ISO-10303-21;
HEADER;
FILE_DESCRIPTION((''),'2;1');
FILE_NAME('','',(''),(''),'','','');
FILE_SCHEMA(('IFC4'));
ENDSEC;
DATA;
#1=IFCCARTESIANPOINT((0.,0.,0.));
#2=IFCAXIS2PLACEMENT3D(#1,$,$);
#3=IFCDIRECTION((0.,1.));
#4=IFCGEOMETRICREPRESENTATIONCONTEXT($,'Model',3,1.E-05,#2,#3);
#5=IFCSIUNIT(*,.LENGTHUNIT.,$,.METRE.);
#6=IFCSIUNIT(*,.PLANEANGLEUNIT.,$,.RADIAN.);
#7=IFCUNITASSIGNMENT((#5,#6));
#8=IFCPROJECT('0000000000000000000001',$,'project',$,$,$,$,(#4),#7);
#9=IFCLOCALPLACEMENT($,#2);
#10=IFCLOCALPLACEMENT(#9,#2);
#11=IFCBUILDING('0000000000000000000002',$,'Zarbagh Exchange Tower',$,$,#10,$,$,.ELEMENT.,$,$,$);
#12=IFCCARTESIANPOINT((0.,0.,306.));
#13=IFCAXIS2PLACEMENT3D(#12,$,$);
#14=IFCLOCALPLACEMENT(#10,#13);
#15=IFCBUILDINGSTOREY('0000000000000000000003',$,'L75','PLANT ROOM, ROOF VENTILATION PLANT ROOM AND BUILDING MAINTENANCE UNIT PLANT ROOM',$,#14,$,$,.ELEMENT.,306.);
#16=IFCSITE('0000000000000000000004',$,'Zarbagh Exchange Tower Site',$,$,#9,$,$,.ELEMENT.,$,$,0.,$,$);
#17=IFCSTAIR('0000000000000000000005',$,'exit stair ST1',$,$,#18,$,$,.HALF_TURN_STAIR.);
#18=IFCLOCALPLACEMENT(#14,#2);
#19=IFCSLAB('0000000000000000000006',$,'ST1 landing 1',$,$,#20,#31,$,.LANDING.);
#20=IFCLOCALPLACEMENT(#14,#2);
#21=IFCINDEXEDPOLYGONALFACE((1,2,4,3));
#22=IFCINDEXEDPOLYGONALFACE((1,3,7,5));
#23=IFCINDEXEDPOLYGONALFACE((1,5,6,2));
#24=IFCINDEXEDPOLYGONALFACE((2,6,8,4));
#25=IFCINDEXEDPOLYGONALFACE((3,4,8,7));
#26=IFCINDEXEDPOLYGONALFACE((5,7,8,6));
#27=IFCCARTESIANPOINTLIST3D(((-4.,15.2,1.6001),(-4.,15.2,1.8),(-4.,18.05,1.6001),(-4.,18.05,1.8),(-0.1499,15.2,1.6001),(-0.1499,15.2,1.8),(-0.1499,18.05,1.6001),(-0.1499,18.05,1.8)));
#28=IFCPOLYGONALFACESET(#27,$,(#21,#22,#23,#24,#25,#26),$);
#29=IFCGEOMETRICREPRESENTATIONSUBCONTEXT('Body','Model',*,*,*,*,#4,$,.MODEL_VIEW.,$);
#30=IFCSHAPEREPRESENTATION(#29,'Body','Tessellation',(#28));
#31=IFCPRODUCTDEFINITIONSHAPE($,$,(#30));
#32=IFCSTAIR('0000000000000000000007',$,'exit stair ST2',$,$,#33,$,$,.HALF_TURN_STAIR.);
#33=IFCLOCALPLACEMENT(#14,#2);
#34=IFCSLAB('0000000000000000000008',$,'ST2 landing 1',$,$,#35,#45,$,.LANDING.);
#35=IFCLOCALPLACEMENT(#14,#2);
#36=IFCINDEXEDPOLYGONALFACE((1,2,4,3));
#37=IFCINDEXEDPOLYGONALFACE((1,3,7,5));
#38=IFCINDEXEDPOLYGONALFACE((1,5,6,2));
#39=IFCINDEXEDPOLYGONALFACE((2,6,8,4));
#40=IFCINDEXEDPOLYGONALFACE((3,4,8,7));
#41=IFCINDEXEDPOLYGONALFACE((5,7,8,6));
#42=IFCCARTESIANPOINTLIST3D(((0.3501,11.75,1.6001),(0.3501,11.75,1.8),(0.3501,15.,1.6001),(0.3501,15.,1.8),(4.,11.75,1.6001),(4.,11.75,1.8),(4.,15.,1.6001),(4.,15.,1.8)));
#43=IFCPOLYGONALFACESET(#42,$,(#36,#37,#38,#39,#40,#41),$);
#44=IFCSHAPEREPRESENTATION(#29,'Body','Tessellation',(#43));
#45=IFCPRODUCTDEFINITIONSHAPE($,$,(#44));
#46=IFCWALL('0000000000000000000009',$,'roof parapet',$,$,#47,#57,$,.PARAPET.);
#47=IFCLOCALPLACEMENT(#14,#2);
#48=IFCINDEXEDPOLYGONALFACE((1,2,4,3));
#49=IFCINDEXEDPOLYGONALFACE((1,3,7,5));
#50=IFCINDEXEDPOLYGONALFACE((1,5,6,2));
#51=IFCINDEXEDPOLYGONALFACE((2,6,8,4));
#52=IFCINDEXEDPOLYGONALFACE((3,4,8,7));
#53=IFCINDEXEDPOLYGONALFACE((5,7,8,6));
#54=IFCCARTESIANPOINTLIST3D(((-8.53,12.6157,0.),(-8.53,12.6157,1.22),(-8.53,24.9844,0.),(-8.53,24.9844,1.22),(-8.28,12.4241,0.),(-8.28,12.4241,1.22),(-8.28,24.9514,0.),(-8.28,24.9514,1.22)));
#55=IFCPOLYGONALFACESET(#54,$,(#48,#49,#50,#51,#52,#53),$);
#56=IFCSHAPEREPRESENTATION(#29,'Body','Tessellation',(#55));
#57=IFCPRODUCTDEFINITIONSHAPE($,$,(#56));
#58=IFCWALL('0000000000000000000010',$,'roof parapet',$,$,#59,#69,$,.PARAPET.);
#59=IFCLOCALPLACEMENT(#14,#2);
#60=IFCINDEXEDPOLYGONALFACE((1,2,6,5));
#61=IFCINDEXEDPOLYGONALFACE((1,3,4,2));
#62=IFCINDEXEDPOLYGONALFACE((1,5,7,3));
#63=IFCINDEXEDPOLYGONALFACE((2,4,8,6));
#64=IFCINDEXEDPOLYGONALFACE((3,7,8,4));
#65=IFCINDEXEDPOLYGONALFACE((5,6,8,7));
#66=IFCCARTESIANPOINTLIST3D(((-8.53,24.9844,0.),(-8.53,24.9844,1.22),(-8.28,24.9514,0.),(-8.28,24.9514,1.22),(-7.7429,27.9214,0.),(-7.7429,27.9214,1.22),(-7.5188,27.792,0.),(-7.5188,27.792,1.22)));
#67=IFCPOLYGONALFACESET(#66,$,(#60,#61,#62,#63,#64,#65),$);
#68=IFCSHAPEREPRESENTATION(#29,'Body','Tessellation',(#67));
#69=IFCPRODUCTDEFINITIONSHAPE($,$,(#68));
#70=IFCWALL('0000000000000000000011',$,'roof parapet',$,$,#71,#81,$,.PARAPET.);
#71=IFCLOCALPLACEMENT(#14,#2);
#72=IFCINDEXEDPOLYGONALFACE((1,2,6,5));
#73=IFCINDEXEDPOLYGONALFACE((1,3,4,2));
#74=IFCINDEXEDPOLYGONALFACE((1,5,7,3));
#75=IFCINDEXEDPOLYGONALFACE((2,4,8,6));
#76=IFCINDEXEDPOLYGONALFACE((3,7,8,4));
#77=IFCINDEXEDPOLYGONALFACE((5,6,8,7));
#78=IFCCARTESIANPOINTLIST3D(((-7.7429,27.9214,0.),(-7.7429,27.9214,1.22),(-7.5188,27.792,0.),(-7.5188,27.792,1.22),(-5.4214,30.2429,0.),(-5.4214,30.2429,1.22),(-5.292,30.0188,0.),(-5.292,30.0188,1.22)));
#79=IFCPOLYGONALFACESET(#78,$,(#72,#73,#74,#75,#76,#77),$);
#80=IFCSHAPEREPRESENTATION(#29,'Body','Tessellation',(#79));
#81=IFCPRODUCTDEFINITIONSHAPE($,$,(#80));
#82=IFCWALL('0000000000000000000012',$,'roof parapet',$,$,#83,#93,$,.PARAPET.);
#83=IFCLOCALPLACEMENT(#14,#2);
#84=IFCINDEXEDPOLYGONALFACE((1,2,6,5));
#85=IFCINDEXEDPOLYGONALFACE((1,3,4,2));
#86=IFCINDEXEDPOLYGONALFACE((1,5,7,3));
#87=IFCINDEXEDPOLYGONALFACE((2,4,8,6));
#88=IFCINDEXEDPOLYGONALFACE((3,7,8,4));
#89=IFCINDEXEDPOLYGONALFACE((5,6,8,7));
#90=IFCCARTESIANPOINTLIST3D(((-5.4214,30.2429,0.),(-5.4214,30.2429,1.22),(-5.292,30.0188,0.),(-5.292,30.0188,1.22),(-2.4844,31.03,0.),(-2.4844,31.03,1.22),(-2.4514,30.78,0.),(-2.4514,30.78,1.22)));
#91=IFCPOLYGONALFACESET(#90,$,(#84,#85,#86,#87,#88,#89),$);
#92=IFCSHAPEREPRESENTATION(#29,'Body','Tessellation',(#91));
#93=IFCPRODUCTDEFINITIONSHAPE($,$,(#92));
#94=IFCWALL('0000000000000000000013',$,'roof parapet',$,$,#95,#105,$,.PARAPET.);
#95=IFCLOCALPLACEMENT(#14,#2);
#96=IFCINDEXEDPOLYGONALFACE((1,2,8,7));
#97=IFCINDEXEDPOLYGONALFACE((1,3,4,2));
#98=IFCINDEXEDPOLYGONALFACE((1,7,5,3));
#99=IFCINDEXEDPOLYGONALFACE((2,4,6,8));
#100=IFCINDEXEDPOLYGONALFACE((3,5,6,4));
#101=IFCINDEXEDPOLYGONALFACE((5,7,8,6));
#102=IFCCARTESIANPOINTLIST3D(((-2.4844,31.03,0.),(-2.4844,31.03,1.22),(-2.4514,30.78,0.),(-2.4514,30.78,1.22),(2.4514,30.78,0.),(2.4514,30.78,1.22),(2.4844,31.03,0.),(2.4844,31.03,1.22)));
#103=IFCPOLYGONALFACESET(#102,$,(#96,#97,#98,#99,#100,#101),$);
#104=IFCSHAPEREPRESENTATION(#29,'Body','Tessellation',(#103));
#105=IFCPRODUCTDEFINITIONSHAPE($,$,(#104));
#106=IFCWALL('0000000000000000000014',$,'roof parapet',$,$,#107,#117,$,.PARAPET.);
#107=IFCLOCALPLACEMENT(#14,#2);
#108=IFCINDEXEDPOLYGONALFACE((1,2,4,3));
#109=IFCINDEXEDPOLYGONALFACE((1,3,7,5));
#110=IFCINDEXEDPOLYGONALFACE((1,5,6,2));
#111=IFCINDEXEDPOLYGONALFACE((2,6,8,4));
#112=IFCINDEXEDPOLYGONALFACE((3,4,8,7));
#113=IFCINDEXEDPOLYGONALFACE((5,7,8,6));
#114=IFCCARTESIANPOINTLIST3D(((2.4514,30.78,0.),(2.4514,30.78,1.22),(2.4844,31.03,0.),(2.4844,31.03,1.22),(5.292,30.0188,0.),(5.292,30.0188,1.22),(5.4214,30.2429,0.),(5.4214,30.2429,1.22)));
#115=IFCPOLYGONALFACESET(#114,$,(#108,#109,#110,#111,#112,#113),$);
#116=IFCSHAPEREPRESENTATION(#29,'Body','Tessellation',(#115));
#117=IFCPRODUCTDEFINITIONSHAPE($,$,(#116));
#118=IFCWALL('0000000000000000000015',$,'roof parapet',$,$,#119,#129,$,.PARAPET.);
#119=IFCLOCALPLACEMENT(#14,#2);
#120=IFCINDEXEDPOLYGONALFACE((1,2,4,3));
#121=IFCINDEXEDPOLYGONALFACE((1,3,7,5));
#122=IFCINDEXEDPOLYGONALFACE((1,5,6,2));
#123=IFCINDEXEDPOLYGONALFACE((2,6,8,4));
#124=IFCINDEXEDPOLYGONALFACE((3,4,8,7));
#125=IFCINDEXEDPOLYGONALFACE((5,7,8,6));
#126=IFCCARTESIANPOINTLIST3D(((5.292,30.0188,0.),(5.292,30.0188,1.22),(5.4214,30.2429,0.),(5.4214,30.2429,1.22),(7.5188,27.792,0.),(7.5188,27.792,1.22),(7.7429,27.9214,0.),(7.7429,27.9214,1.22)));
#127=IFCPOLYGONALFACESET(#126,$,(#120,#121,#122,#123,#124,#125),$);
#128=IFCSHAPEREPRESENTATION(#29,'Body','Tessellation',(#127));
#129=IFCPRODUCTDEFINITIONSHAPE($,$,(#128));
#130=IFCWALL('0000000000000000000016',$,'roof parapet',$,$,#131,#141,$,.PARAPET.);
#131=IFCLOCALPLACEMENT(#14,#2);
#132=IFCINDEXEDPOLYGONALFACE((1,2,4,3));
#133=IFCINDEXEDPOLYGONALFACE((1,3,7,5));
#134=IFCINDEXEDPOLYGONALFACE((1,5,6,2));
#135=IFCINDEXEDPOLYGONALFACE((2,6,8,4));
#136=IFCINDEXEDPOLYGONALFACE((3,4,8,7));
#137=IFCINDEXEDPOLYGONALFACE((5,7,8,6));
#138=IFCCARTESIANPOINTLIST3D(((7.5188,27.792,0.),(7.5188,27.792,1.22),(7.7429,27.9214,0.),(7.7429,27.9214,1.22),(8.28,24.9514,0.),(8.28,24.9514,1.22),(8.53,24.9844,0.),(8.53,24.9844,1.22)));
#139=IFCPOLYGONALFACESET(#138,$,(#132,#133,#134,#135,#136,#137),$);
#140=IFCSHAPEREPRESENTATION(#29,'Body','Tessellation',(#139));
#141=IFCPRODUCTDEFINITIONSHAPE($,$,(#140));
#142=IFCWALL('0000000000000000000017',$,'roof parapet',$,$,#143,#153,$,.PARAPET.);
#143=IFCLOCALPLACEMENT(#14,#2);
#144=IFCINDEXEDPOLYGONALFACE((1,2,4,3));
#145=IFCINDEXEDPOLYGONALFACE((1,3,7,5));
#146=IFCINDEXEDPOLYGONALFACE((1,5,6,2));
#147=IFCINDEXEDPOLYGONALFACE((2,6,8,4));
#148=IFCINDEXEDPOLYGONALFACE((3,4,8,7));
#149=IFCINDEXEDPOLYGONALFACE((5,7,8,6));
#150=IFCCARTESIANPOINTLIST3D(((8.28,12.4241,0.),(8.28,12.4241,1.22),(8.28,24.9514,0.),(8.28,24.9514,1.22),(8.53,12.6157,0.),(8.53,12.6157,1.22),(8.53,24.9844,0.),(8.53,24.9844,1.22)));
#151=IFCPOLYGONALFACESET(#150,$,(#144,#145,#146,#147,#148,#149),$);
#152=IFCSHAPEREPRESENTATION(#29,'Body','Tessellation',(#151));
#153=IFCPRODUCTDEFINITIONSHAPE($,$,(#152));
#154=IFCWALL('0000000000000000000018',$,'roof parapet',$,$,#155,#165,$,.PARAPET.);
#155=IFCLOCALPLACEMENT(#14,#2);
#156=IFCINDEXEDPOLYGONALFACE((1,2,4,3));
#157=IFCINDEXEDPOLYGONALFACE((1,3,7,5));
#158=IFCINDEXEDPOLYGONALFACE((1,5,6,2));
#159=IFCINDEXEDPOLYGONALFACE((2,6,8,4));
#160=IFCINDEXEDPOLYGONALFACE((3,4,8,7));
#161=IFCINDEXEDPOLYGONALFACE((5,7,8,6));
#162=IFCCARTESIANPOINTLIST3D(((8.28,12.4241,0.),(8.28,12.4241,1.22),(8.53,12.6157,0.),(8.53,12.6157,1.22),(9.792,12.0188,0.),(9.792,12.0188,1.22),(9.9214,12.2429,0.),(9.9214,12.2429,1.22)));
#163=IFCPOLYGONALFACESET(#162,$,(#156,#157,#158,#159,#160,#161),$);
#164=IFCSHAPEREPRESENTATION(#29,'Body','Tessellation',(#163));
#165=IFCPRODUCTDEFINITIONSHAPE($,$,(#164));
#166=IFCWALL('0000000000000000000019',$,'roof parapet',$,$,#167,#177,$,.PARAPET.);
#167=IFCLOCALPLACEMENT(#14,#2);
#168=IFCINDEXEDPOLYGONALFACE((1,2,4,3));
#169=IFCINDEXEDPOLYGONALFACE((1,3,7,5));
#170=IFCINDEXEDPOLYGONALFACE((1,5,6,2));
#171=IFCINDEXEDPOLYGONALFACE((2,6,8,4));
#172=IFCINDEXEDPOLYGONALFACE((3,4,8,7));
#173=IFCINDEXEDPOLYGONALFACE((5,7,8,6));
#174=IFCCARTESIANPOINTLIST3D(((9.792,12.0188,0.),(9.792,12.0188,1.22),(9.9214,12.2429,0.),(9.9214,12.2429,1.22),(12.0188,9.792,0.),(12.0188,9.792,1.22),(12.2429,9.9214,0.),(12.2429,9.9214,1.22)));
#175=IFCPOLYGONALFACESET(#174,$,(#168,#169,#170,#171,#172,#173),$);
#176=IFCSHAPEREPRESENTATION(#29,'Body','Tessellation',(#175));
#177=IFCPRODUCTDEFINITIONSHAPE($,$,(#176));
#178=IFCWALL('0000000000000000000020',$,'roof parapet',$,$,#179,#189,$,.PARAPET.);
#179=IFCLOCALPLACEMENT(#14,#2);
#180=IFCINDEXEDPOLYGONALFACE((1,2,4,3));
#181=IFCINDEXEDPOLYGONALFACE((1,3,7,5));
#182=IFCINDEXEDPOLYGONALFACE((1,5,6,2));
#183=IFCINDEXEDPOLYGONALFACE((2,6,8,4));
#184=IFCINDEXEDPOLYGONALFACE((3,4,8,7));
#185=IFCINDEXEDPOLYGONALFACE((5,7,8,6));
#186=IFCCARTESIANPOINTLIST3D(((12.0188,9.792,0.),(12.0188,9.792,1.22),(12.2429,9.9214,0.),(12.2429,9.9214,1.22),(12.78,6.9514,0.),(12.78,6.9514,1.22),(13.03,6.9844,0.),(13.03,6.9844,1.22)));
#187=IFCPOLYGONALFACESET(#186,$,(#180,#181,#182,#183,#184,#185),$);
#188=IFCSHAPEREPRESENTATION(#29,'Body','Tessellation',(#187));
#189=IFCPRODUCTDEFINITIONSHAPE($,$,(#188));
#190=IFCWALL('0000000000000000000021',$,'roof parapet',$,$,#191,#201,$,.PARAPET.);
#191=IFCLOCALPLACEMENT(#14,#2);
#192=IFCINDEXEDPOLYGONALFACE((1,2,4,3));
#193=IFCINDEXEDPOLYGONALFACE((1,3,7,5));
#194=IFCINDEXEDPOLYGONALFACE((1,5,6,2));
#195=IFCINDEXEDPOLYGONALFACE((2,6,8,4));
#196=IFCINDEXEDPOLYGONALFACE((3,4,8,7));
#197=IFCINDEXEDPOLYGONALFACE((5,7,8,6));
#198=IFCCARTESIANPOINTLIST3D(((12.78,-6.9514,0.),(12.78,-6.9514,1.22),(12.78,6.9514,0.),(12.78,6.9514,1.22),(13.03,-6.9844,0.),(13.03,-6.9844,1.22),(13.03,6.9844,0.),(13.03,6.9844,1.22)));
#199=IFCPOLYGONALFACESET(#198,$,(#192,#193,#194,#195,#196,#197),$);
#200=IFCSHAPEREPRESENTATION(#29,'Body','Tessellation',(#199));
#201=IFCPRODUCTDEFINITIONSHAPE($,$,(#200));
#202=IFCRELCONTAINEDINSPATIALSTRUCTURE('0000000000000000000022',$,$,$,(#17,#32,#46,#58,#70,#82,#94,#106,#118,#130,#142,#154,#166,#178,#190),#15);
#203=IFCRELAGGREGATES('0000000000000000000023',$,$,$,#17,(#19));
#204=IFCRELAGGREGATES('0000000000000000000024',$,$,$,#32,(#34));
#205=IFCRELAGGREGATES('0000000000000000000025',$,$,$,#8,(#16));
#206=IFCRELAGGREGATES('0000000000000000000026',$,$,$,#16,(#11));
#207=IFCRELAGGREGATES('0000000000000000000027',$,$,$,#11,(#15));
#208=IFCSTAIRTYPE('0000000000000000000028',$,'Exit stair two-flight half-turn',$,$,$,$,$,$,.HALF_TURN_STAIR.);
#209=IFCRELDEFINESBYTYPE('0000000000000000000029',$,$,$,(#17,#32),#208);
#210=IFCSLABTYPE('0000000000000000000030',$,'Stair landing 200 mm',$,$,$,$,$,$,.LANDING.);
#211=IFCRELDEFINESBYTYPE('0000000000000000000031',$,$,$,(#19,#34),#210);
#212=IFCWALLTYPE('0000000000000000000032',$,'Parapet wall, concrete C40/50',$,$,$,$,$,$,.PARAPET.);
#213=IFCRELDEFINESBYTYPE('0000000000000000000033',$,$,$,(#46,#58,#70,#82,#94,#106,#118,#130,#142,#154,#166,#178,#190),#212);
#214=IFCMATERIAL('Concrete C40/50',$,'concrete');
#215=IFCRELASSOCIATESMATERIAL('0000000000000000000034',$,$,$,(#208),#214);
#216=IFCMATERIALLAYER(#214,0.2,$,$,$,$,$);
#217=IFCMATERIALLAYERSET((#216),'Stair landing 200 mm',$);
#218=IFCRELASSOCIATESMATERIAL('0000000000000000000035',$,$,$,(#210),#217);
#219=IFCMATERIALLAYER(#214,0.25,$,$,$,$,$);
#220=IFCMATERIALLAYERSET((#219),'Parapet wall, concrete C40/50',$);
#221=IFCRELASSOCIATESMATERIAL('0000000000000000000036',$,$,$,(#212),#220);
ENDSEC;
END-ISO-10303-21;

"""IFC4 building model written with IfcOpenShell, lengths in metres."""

from ifc_helpers import new_model, si_unit, direction, frame, origin, place, context, subcontext, project, spatial, polyline, outline, extrude, material, layer, layer_set, type_object, element, aggregate, save


model = new_model("IFC4")

# Units and contexts
model_context = context("Model", 3, precision=1e-05, world=origin(), true_north=direction((0.0, 1.0)))
body_context = subcontext(model_context, "Body", "Model", "MODEL_VIEW")
ifc_project = project(units=[si_unit("LENGTHUNIT", "METRE"), si_unit("PLANEANGLEUNIT", "RADIAN")], contexts=[model_context])

# Site, building, storey
site_placement = place(None, origin())
site = spatial("IfcSite", under=ifc_project, at=site_placement, Name="Zarbagh Exchange Tower Site", CompositionType="ELEMENT", RefElevation=0.0)
building_placement = place(site_placement, origin())
building = spatial("IfcBuilding", under=site, at=building_placement, Name="Zarbagh Exchange Tower", CompositionType="ELEMENT")
storey_placement = place(building_placement, frame((0.0, 0.0, 306.0)))
storey = spatial("IfcBuildingStorey", under=building, at=storey_placement, Name="L75", Description="PLANT ROOM, ROOF VENTILATION PLANT ROOM AND BUILDING MAINTENANCE UNIT PLANT ROOM", CompositionType="ELEMENT", Elevation=306.0)

# Stairs, slabs
ifc_material_1 = material(Name="Concrete C40/50", Category="concrete")
stair_type = type_object("IfcStairType", Name="Exit stair two-flight half-turn", PredefinedType="HALF_TURN_STAIR", material=ifc_material_1)
stair_1_placement = place(storey_placement, origin())
stair_1 = element("IfcStair", 1, at=stair_1_placement, inside=storey, type_object=stair_type, Name="exit stair ST1", PredefinedType="HALF_TURN_STAIR")
ifc_layer_1 = layer(ifc_material_1, 0.2)
ifc_layer_set_1 = layer_set([ifc_layer_1], Name="Stair landing 200 mm")
slab_type = type_object("IfcSlabType", Name="Stair landing 200 mm", PredefinedType="LANDING", material=ifc_layer_set_1)
slab_1_placement = place(storey_placement, frame((0.0, 0.0, 1.6001)))
slab_1 = element("IfcSlab", 2, at=slab_1_placement, type_object=slab_type, Name="ST1 landing 1", PredefinedType="LANDING", context=body_context, shape_type="SweptSolid", body=[
    extrude(outline(polyline([(-0.1499, 18.05), (-4.0, 18.05), (-4.0, 15.2), (-0.1499, 15.2), (-0.1499, 18.05)])), origin(), (0.0, 0.0, 1.0), 0.2),
])
aggregate(stair_1, [slab_1])
stair_2_placement = place(storey_placement, origin())
stair_2 = element("IfcStair", 3, at=stair_2_placement, inside=storey, type_object=stair_type, Name="exit stair ST2", PredefinedType="HALF_TURN_STAIR")
slab_2_placement = place(storey_placement, frame((0.0, 0.0, 1.6001)))
slab_2 = element("IfcSlab", 4, at=slab_2_placement, type_object=slab_type, Name="ST2 landing 1", PredefinedType="LANDING", context=body_context, shape_type="SweptSolid", body=[
    extrude(outline(polyline([(0.3501, 11.75), (4.0, 11.75), (4.0, 15.0), (0.3501, 15.0), (0.3501, 11.75)])), origin(), (0.0, 0.0, 1.0), 0.2),
])
aggregate(stair_2, [slab_2])

# Walls
ifc_layer_2 = layer(ifc_material_1, 0.25)
ifc_layer_set_2 = layer_set([ifc_layer_2], Name="Parapet wall, concrete C40/50")
wall_type_1 = type_object("IfcWallType", Name="Parapet wall, concrete C40/50", PredefinedType="PARAPET", material=ifc_layer_set_2)
wall_1_placement = place(storey_placement, origin())
element("IfcWall", 5, at=wall_1_placement, inside=storey, type_object=wall_type_1, Name="roof parapet", PredefinedType="PARAPET", context=body_context, shape_type="SweptSolid", body=[
    extrude(outline(polyline([(-8.53, 12.6157), (-8.53, 24.9844), (-8.28, 24.9514), (-8.28, 12.4241), (-8.53, 12.6157)])), origin(), (0.0, 0.0, 1.0), 1.22),
])
wall_2_placement = place(storey_placement, origin())
element("IfcWall", 6, at=wall_2_placement, inside=storey, type_object=wall_type_1, Name="roof parapet", PredefinedType="PARAPET", context=body_context, shape_type="SweptSolid", body=[
    extrude(outline(polyline([(-8.53, 24.9844), (-7.7429, 27.9214), (-7.5188, 27.792), (-8.28, 24.9514), (-8.53, 24.9844)])), origin(), (0.0, 0.0, 1.0), 1.22),
])
wall_3_placement = place(storey_placement, origin())
element("IfcWall", 7, at=wall_3_placement, inside=storey, type_object=wall_type_1, Name="roof parapet", PredefinedType="PARAPET", context=body_context, shape_type="SweptSolid", body=[
    extrude(outline(polyline([(-7.7429, 27.9214), (-5.4214, 30.2429), (-5.292, 30.0188), (-7.5188, 27.792), (-7.7429, 27.9214)])), origin(), (0.0, 0.0, 1.0), 1.22),
])
wall_4_placement = place(storey_placement, origin())
element("IfcWall", 8, at=wall_4_placement, inside=storey, type_object=wall_type_1, Name="roof parapet", PredefinedType="PARAPET", context=body_context, shape_type="SweptSolid", body=[
    extrude(outline(polyline([(-5.4214, 30.2429), (-2.4844, 31.03), (-2.4514, 30.78), (-5.292, 30.0188), (-5.4214, 30.2429)])), origin(), (0.0, 0.0, 1.0), 1.22),
])
wall_5_placement = place(storey_placement, origin())
element("IfcWall", 9, at=wall_5_placement, inside=storey, type_object=wall_type_1, Name="roof parapet", PredefinedType="PARAPET", context=body_context, shape_type="SweptSolid", body=[
    extrude(outline(polyline([(-2.4844, 31.03), (2.4844, 31.03), (2.4514, 30.78), (-2.4514, 30.78), (-2.4844, 31.03)])), origin(), (0.0, 0.0, 1.0), 1.22),
])
wall_6_placement = place(storey_placement, origin())
element("IfcWall", 10, at=wall_6_placement, inside=storey, type_object=wall_type_1, Name="roof parapet", PredefinedType="PARAPET", context=body_context, shape_type="SweptSolid", body=[
    extrude(outline(polyline([(2.4844, 31.03), (5.4214, 30.2429), (5.292, 30.0188), (2.4514, 30.78), (2.4844, 31.03)])), origin(), (0.0, 0.0, 1.0), 1.22),
])
wall_7_placement = place(storey_placement, origin())
element("IfcWall", 11, at=wall_7_placement, inside=storey, type_object=wall_type_1, Name="roof parapet", PredefinedType="PARAPET", context=body_context, shape_type="SweptSolid", body=[
    extrude(outline(polyline([(5.4214, 30.2429), (7.7429, 27.9214), (7.5188, 27.792), (5.292, 30.0188), (5.4214, 30.2429)])), origin(), (0.0, 0.0, 1.0), 1.22),
])
wall_8_placement = place(storey_placement, origin())
element("IfcWall", 12, at=wall_8_placement, inside=storey, type_object=wall_type_1, Name="roof parapet", PredefinedType="PARAPET", context=body_context, shape_type="SweptSolid", body=[
    extrude(outline(polyline([(7.7429, 27.9214), (8.53, 24.9844), (8.28, 24.9514), (7.5188, 27.792), (7.7429, 27.9214)])), origin(), (0.0, 0.0, 1.0), 1.22),
])
wall_9_placement = place(storey_placement, origin())
element("IfcWall", 13, at=wall_9_placement, inside=storey, type_object=wall_type_1, Name="roof parapet", PredefinedType="PARAPET", context=body_context, shape_type="SweptSolid", body=[
    extrude(outline(polyline([(8.53, 24.9844), (8.53, 12.6157), (8.28, 12.4241), (8.28, 24.9514), (8.53, 24.9844)])), origin(), (0.0, 0.0, 1.0), 1.22),
])
wall_10_placement = place(storey_placement, origin())
element("IfcWall", 14, at=wall_10_placement, inside=storey, type_object=wall_type_1, Name="roof parapet", PredefinedType="PARAPET", context=body_context, shape_type="SweptSolid", body=[
    extrude(outline(polyline([(8.53, 12.6157), (9.9214, 12.2429), (9.792, 12.0188), (8.28, 12.4241), (8.53, 12.6157)])), origin(), (0.0, 0.0, 1.0), 1.22),
])
wall_11_placement = place(storey_placement, origin())
element("IfcWall", 15, at=wall_11_placement, inside=storey, type_object=wall_type_1, Name="roof parapet", PredefinedType="PARAPET", context=body_context, shape_type="SweptSolid", body=[
    extrude(outline(polyline([(9.9214, 12.2429), (12.2429, 9.9214), (12.0188, 9.792), (9.792, 12.0188), (9.9214, 12.2429)])), origin(), (0.0, 0.0, 1.0), 1.22),
])
wall_12_placement = place(storey_placement, origin())
element("IfcWall", 16, at=wall_12_placement, inside=storey, type_object=wall_type_1, Name="roof parapet", PredefinedType="PARAPET", context=body_context, shape_type="SweptSolid", body=[
    extrude(outline(polyline([(12.2429, 9.9214), (13.03, 6.9844), (12.78, 6.9514), (12.0188, 9.792), (12.2429, 9.9214)])), origin(), (0.0, 0.0, 1.0), 1.22),
])
wall_13_placement = place(storey_placement, origin())
element("IfcWall", 17, at=wall_13_placement, inside=storey, type_object=wall_type_1, Name="roof parapet", PredefinedType="PARAPET", context=body_context, shape_type="SweptSolid", body=[
    extrude(outline(polyline([(13.03, 6.9844), (13.03, -6.9844), (12.78, -6.9514), (12.78, 6.9514), (13.03, 6.9844)])), origin(), (0.0, 0.0, 1.0), 1.22),
])

save(model, "model.ifc")
